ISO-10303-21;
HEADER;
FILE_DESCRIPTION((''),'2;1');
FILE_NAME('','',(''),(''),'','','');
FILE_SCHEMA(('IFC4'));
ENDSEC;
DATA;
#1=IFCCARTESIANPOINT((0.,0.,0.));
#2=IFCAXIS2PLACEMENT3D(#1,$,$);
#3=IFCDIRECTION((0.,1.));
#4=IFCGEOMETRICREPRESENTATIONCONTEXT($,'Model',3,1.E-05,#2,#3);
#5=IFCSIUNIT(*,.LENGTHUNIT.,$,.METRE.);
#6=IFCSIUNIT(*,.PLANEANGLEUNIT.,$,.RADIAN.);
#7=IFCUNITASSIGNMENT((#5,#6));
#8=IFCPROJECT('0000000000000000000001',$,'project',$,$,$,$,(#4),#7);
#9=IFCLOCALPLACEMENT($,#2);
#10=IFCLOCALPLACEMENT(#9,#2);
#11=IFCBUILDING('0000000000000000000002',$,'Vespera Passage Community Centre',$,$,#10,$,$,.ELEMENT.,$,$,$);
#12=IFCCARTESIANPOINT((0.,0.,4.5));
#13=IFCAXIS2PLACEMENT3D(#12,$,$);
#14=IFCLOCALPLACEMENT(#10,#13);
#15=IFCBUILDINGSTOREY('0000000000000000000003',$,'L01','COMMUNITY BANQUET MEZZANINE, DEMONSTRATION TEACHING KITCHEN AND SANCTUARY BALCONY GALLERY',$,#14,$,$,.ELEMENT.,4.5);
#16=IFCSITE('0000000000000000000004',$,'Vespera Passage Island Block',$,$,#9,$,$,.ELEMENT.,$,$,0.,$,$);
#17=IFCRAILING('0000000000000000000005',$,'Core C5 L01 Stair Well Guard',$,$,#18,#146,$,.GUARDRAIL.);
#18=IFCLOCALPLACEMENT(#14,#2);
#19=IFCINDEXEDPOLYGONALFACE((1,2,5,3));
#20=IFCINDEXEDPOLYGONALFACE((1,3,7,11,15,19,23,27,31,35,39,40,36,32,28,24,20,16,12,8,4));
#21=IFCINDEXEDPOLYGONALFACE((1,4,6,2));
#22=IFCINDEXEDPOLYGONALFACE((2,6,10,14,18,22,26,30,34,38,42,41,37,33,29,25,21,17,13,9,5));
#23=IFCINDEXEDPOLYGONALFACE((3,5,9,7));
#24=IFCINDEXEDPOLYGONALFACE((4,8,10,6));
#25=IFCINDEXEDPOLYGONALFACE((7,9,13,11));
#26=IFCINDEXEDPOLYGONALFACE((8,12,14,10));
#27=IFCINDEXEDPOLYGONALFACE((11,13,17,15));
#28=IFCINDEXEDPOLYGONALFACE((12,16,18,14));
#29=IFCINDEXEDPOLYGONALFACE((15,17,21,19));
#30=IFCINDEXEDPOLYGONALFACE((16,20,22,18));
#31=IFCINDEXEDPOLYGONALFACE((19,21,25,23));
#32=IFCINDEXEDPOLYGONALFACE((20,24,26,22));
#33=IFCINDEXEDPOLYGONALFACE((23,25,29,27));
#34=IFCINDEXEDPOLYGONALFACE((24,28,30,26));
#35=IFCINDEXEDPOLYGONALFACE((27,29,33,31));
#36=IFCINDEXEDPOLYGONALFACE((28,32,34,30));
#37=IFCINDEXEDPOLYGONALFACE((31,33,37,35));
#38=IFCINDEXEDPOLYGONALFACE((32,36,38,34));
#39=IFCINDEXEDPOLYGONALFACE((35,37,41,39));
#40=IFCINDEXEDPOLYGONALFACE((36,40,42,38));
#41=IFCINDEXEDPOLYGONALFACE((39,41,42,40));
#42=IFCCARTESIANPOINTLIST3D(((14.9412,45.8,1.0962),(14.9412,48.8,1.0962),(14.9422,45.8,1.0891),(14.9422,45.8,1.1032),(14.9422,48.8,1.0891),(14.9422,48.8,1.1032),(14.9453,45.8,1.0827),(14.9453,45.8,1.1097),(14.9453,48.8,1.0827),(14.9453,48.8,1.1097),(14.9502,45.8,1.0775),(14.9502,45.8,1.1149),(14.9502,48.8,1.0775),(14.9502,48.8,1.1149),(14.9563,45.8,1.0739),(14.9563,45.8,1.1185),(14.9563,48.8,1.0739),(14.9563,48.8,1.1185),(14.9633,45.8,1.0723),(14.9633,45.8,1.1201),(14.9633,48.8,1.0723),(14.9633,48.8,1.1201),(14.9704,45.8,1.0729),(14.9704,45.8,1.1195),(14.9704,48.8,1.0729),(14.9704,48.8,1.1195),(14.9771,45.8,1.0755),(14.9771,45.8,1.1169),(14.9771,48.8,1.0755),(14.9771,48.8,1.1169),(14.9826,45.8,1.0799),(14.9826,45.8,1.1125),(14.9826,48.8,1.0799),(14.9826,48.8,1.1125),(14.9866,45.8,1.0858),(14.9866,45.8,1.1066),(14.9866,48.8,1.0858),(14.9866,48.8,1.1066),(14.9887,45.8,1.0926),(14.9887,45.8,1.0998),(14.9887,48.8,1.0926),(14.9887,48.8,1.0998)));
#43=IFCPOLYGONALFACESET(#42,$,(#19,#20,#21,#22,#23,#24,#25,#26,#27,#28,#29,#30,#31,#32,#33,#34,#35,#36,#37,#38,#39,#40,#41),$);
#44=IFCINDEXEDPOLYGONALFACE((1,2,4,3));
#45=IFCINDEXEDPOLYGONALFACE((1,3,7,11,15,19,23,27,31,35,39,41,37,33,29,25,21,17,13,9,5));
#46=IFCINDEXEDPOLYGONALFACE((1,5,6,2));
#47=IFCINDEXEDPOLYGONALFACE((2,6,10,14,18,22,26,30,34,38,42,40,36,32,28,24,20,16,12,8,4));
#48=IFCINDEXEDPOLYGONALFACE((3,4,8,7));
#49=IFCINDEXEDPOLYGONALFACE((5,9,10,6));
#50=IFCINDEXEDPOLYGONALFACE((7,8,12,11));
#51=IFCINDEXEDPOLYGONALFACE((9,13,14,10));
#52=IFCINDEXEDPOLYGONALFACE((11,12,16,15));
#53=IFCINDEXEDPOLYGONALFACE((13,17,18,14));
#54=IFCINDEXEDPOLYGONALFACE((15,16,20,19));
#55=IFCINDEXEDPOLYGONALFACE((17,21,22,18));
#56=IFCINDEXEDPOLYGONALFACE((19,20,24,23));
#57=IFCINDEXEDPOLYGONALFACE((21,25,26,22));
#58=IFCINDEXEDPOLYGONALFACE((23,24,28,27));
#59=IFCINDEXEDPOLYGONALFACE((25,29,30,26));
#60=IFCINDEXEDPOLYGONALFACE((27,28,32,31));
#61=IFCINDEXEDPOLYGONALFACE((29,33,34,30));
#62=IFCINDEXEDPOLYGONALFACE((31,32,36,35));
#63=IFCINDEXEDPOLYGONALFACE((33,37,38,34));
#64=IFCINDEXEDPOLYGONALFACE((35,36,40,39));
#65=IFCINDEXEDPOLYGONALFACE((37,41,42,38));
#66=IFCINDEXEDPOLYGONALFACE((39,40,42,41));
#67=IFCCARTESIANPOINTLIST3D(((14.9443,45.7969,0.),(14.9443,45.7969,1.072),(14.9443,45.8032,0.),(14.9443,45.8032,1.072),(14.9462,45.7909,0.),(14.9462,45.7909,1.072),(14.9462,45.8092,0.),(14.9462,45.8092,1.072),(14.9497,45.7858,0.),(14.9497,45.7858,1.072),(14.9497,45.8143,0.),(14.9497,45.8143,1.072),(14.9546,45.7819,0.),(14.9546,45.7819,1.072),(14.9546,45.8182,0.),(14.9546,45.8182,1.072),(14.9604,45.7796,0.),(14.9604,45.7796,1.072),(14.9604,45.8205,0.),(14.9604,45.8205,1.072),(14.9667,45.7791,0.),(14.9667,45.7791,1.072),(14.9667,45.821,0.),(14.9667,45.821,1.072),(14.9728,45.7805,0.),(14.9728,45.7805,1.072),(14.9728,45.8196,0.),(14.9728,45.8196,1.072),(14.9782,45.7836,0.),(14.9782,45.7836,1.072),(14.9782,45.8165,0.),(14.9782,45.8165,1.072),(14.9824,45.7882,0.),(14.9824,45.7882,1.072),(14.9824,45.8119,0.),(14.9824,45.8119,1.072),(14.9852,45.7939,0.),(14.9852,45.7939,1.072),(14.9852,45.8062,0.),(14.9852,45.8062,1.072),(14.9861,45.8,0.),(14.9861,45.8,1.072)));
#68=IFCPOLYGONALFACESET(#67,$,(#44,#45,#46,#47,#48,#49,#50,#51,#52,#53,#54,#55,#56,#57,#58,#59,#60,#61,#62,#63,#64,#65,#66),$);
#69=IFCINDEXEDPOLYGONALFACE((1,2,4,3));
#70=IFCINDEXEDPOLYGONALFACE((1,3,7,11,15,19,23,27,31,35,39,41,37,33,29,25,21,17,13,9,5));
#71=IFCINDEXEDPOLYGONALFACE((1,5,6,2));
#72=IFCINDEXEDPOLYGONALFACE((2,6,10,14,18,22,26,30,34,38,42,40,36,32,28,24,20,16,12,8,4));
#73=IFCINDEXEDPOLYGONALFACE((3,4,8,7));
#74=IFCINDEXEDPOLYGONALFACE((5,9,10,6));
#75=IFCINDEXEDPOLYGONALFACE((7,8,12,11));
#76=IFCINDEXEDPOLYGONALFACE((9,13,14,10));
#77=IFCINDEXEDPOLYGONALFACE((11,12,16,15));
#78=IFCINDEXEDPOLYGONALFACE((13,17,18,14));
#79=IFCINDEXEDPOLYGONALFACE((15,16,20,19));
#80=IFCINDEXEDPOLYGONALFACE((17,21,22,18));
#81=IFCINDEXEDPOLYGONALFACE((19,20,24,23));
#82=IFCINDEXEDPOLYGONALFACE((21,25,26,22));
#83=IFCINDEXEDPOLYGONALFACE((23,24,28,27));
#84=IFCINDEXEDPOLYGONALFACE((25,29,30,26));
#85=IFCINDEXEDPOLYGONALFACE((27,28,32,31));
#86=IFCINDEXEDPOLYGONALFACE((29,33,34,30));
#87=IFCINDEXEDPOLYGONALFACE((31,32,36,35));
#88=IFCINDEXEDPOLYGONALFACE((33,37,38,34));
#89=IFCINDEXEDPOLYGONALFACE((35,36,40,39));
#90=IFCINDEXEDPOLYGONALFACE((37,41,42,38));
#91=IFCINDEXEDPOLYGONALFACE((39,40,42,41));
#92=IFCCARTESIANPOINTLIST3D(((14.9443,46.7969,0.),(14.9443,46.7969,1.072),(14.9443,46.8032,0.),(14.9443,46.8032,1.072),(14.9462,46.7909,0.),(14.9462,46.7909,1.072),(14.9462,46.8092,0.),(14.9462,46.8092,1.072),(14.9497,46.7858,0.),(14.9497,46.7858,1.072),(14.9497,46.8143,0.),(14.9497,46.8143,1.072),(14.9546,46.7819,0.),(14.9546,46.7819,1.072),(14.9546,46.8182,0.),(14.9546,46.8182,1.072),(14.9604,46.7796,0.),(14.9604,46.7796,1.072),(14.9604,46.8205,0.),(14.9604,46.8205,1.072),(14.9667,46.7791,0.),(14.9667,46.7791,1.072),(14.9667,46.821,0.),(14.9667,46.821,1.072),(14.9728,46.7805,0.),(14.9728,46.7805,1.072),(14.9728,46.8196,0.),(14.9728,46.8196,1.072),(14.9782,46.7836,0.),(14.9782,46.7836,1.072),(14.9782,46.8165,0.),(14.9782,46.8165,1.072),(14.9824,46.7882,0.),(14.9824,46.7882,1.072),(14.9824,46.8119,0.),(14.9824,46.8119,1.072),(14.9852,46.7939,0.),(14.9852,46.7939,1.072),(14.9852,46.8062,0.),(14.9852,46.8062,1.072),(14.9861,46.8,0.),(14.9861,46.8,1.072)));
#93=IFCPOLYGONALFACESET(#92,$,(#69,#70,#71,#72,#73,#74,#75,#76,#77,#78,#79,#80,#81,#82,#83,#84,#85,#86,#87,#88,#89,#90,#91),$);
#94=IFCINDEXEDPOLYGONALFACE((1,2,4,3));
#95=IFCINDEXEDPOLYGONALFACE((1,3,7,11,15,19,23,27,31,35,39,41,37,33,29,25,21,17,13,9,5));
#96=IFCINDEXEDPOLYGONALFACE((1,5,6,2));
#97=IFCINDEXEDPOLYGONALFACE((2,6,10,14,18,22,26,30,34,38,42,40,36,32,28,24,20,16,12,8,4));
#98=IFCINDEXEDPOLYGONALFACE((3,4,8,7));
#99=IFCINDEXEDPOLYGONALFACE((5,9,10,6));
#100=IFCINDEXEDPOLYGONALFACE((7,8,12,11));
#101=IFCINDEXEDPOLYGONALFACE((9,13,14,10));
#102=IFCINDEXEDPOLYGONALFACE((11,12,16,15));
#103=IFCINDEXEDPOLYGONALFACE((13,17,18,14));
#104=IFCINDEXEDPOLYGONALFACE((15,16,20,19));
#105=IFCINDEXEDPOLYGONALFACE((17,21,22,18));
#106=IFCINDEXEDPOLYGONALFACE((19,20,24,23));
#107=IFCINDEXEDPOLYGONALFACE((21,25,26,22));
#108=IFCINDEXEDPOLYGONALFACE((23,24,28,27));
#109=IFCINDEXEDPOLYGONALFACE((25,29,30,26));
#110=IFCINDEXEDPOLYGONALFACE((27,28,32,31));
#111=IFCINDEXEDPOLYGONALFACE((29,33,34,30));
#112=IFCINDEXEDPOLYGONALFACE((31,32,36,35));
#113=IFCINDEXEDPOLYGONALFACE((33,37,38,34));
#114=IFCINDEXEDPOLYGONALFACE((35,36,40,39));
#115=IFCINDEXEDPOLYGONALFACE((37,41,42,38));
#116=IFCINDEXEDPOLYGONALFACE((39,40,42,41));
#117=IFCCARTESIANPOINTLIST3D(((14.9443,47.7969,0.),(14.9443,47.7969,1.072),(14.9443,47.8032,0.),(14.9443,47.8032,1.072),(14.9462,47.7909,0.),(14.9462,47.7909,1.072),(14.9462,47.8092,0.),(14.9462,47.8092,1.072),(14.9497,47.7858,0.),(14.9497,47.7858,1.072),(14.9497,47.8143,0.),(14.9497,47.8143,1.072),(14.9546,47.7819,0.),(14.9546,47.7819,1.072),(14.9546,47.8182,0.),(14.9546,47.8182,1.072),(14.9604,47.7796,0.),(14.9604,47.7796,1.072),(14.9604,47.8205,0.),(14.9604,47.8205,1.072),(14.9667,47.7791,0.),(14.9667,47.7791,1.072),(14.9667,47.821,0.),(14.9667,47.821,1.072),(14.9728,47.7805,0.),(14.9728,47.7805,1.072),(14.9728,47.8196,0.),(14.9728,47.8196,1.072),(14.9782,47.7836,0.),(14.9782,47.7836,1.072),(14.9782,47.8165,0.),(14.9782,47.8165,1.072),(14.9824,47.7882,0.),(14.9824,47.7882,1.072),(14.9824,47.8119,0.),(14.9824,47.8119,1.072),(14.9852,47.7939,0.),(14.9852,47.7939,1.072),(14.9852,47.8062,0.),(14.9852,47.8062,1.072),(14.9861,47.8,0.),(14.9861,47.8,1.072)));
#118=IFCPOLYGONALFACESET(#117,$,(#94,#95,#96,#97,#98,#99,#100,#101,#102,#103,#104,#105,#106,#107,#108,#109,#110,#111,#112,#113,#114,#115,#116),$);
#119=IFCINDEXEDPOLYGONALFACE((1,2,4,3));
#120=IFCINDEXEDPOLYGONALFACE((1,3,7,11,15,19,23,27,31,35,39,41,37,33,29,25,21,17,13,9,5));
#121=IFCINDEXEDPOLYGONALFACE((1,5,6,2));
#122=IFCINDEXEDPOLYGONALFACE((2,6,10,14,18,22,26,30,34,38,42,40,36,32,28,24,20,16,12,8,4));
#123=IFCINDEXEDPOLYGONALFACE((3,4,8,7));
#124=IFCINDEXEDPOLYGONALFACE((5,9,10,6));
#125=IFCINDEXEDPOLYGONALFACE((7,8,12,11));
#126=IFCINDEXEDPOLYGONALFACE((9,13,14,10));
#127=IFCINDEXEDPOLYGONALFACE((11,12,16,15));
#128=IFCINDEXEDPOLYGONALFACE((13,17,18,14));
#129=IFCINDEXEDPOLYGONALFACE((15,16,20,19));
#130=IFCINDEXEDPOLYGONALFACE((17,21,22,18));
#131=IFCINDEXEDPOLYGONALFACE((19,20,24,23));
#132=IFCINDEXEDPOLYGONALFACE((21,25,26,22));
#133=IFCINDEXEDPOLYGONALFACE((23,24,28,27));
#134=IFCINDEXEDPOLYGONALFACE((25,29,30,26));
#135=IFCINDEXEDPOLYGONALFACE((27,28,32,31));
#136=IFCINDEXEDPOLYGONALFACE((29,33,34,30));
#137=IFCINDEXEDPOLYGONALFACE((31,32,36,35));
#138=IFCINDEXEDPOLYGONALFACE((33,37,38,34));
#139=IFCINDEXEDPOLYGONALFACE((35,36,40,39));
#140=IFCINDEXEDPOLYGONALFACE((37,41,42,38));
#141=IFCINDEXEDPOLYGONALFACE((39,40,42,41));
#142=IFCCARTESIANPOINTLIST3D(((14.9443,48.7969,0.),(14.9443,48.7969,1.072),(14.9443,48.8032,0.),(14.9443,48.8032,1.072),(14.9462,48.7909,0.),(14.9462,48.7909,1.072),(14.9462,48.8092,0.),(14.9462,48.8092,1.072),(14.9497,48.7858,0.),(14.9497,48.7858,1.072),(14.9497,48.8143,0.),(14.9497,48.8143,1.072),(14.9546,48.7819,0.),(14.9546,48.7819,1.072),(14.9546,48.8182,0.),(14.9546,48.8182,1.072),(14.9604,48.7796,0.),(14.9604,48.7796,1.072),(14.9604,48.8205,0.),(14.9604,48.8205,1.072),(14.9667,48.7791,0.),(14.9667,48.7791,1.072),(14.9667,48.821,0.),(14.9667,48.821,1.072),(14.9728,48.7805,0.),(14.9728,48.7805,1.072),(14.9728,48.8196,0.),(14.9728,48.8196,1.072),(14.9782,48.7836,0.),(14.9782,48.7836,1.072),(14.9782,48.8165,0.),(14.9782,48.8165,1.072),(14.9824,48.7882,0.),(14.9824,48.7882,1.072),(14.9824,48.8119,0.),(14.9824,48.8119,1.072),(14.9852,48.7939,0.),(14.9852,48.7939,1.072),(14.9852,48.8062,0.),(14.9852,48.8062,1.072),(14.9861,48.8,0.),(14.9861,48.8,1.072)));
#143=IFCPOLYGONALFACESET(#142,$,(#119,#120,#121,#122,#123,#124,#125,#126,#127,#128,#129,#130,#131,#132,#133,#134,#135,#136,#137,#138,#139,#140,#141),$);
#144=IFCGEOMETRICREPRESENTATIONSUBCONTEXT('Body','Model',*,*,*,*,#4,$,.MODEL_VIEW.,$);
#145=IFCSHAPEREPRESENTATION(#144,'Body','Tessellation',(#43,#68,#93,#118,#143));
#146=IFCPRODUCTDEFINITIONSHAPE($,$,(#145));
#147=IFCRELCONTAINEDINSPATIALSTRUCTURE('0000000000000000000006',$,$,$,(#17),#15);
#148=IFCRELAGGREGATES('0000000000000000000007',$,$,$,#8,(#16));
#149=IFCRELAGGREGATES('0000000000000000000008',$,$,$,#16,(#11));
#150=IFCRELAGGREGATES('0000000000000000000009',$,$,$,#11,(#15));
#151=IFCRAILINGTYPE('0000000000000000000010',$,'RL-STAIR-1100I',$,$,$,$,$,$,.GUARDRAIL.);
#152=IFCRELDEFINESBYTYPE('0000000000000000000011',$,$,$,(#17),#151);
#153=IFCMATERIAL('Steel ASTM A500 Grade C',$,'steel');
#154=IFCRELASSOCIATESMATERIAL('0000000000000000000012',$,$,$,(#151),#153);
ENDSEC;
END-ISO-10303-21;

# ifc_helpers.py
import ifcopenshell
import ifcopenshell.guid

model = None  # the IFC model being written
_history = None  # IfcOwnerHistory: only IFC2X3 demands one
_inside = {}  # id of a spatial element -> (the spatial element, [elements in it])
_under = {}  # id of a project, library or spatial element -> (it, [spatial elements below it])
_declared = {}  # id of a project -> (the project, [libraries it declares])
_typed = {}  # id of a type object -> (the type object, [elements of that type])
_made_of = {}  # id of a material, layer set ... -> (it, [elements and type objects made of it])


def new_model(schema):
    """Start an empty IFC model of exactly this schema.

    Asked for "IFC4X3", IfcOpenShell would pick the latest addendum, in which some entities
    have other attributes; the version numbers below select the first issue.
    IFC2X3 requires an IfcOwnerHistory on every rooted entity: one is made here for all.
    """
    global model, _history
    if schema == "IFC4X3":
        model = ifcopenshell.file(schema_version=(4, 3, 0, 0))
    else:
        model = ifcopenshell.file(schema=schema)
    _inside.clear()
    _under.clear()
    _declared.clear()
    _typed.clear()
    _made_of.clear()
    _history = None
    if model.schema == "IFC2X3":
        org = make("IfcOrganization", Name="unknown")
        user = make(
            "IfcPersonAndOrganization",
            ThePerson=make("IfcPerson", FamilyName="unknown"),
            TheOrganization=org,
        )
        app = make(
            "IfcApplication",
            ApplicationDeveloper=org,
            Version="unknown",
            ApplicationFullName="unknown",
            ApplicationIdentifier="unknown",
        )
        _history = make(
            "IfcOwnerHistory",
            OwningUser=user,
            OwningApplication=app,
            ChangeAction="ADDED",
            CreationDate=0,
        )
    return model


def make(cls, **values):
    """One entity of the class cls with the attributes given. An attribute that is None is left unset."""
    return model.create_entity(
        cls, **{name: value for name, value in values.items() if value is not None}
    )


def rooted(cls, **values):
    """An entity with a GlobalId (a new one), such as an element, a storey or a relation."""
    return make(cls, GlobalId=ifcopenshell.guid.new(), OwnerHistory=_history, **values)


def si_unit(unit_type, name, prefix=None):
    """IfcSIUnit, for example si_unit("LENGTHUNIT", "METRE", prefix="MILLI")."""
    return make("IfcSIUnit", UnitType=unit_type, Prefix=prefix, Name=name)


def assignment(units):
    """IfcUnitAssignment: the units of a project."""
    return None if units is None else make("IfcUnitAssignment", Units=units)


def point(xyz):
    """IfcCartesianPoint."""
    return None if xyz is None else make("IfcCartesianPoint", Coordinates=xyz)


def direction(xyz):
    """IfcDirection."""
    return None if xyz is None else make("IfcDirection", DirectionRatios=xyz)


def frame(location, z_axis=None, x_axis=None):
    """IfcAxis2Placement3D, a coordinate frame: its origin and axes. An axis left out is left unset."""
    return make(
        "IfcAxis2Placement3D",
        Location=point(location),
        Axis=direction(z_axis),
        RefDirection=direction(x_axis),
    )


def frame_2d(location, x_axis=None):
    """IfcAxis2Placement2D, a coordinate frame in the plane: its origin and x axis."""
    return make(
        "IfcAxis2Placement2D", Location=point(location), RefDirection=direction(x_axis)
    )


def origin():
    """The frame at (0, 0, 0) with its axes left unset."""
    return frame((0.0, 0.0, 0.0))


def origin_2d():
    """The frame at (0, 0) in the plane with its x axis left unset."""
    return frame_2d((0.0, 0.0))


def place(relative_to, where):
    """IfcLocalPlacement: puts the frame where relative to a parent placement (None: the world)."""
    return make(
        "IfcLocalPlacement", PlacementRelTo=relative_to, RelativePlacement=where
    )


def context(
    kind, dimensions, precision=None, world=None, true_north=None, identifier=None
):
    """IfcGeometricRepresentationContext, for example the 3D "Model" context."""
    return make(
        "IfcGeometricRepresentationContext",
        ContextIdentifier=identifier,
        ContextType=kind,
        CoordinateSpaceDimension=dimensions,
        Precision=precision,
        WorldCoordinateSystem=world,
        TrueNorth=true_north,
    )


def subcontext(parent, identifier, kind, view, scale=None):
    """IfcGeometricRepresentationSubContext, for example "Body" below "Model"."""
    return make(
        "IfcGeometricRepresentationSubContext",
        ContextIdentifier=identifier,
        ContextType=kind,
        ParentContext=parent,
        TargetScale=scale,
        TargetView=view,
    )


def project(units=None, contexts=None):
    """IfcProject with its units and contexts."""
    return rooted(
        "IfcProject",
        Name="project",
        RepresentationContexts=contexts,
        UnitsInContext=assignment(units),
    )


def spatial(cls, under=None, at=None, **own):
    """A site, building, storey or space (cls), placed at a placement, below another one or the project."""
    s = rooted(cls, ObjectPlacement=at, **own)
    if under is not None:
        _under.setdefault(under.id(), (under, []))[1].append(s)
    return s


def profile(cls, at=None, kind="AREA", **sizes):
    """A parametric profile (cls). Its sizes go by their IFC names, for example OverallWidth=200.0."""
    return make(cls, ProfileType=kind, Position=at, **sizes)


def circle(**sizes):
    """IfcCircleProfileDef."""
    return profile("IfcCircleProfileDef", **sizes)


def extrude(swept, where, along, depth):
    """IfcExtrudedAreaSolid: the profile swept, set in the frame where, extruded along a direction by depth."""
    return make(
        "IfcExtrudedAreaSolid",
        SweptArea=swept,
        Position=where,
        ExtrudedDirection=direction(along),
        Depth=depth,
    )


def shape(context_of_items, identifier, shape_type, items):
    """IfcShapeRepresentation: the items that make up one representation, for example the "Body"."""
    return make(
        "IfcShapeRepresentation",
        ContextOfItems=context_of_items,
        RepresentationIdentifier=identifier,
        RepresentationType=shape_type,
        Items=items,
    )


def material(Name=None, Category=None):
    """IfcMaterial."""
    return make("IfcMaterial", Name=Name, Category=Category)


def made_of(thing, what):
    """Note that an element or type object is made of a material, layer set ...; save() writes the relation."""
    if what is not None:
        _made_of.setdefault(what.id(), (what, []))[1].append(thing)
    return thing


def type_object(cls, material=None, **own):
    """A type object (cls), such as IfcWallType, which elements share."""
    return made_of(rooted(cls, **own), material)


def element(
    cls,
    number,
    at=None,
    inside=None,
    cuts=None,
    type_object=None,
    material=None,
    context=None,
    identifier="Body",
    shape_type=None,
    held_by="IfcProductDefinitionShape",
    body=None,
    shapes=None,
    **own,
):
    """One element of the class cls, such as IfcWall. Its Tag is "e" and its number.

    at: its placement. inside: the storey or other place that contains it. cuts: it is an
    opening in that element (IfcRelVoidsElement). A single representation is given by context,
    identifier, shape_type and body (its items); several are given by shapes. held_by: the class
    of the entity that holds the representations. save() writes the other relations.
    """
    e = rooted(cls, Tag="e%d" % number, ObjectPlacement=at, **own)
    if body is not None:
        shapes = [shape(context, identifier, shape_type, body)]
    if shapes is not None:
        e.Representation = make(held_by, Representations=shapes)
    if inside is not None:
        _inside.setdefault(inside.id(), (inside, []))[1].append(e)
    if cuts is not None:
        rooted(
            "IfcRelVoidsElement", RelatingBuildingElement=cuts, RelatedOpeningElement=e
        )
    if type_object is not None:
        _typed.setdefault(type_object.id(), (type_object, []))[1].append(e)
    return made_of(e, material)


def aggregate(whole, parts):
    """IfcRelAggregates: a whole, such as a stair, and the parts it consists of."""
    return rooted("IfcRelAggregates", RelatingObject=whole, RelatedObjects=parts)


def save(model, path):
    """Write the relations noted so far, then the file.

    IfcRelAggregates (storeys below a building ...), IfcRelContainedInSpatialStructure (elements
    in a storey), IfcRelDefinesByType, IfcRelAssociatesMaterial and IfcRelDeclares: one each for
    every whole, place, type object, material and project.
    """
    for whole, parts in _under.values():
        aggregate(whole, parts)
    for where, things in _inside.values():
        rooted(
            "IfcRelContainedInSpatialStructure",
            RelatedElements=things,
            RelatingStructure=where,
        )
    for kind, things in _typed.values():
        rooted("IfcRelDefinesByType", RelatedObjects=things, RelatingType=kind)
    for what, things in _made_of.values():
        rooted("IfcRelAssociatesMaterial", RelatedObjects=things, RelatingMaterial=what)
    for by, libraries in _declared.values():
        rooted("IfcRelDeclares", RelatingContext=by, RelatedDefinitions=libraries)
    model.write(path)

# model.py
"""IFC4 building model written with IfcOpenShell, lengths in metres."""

from ifc_helpers import new_model, si_unit, direction, frame, origin, origin_2d, place, context, subcontext, project, spatial, circle, extrude, material, type_object, element, save


model = new_model("IFC4")

# Units and contexts
model_context = context("Model", 3, precision=1e-05, world=origin(), true_north=direction((0.0, 1.0)))
body_context = subcontext(model_context, "Body", "Model", "MODEL_VIEW")
ifc_project = project(units=[si_unit("LENGTHUNIT", "METRE"), si_unit("PLANEANGLEUNIT", "RADIAN")], contexts=[model_context])

# Site, building, storey
site_placement = place(None, origin())
site = spatial("IfcSite", under=ifc_project, at=site_placement, Name="Vespera Passage Island Block", CompositionType="ELEMENT", RefElevation=0.0)
building_placement = place(site_placement, origin())
building = spatial("IfcBuilding", under=site, at=building_placement, Name="Vespera Passage Community Centre", CompositionType="ELEMENT")
storey_placement = place(building_placement, frame((0.0, 0.0, 4.5)))
storey = spatial("IfcBuildingStorey", under=building, at=storey_placement, Name="L01", Description="COMMUNITY BANQUET MEZZANINE, DEMONSTRATION TEACHING KITCHEN AND SANCTUARY BALCONY GALLERY", CompositionType="ELEMENT", Elevation=4.5)

# Railing
ifc_material_1 = material(Name="Steel ASTM A500 Grade C", Category="steel")
railing_type = type_object("IfcRailingType", Name="RL-STAIR-1100I", PredefinedType="GUARDRAIL", material=ifc_material_1)
railing_1_placement = place(storey_placement, frame((14.9651, 45.8, 0.0)))
element("IfcRailing", 1, at=railing_1_placement, inside=storey, type_object=railing_type, Name="Core C5 L01 Stair Well Guard", PredefinedType="GUARDRAIL", context=body_context, shape_type="SweptSolid", body=[
    extrude(circle(Radius=0.0239, at=origin_2d()), frame((0.0, 0.0, 1.0962), z_axis=(0.0, 1.0, 0.0), x_axis=(-1.0, 0.0, 0.0)), (0.0, 0.0, 1.0), 3.0),
    extrude(circle(Radius=0.021, at=origin_2d()), origin(), (0.0, 0.0, 1.0), 1.072),
    extrude(circle(Radius=0.021, at=origin_2d()), frame((0.0, 1.0, 0.0)), (0.0, 0.0, 1.0), 1.072),
    extrude(circle(Radius=0.021, at=origin_2d()), frame((0.0, 2.0, 0.0)), (0.0, 0.0, 1.0), 1.072),
    extrude(circle(Radius=0.021, at=origin_2d()), frame((0.0, 3.0, 0.0)), (0.0, 0.0, 1.0), 1.072),
])

save(model, "model.ifc")
